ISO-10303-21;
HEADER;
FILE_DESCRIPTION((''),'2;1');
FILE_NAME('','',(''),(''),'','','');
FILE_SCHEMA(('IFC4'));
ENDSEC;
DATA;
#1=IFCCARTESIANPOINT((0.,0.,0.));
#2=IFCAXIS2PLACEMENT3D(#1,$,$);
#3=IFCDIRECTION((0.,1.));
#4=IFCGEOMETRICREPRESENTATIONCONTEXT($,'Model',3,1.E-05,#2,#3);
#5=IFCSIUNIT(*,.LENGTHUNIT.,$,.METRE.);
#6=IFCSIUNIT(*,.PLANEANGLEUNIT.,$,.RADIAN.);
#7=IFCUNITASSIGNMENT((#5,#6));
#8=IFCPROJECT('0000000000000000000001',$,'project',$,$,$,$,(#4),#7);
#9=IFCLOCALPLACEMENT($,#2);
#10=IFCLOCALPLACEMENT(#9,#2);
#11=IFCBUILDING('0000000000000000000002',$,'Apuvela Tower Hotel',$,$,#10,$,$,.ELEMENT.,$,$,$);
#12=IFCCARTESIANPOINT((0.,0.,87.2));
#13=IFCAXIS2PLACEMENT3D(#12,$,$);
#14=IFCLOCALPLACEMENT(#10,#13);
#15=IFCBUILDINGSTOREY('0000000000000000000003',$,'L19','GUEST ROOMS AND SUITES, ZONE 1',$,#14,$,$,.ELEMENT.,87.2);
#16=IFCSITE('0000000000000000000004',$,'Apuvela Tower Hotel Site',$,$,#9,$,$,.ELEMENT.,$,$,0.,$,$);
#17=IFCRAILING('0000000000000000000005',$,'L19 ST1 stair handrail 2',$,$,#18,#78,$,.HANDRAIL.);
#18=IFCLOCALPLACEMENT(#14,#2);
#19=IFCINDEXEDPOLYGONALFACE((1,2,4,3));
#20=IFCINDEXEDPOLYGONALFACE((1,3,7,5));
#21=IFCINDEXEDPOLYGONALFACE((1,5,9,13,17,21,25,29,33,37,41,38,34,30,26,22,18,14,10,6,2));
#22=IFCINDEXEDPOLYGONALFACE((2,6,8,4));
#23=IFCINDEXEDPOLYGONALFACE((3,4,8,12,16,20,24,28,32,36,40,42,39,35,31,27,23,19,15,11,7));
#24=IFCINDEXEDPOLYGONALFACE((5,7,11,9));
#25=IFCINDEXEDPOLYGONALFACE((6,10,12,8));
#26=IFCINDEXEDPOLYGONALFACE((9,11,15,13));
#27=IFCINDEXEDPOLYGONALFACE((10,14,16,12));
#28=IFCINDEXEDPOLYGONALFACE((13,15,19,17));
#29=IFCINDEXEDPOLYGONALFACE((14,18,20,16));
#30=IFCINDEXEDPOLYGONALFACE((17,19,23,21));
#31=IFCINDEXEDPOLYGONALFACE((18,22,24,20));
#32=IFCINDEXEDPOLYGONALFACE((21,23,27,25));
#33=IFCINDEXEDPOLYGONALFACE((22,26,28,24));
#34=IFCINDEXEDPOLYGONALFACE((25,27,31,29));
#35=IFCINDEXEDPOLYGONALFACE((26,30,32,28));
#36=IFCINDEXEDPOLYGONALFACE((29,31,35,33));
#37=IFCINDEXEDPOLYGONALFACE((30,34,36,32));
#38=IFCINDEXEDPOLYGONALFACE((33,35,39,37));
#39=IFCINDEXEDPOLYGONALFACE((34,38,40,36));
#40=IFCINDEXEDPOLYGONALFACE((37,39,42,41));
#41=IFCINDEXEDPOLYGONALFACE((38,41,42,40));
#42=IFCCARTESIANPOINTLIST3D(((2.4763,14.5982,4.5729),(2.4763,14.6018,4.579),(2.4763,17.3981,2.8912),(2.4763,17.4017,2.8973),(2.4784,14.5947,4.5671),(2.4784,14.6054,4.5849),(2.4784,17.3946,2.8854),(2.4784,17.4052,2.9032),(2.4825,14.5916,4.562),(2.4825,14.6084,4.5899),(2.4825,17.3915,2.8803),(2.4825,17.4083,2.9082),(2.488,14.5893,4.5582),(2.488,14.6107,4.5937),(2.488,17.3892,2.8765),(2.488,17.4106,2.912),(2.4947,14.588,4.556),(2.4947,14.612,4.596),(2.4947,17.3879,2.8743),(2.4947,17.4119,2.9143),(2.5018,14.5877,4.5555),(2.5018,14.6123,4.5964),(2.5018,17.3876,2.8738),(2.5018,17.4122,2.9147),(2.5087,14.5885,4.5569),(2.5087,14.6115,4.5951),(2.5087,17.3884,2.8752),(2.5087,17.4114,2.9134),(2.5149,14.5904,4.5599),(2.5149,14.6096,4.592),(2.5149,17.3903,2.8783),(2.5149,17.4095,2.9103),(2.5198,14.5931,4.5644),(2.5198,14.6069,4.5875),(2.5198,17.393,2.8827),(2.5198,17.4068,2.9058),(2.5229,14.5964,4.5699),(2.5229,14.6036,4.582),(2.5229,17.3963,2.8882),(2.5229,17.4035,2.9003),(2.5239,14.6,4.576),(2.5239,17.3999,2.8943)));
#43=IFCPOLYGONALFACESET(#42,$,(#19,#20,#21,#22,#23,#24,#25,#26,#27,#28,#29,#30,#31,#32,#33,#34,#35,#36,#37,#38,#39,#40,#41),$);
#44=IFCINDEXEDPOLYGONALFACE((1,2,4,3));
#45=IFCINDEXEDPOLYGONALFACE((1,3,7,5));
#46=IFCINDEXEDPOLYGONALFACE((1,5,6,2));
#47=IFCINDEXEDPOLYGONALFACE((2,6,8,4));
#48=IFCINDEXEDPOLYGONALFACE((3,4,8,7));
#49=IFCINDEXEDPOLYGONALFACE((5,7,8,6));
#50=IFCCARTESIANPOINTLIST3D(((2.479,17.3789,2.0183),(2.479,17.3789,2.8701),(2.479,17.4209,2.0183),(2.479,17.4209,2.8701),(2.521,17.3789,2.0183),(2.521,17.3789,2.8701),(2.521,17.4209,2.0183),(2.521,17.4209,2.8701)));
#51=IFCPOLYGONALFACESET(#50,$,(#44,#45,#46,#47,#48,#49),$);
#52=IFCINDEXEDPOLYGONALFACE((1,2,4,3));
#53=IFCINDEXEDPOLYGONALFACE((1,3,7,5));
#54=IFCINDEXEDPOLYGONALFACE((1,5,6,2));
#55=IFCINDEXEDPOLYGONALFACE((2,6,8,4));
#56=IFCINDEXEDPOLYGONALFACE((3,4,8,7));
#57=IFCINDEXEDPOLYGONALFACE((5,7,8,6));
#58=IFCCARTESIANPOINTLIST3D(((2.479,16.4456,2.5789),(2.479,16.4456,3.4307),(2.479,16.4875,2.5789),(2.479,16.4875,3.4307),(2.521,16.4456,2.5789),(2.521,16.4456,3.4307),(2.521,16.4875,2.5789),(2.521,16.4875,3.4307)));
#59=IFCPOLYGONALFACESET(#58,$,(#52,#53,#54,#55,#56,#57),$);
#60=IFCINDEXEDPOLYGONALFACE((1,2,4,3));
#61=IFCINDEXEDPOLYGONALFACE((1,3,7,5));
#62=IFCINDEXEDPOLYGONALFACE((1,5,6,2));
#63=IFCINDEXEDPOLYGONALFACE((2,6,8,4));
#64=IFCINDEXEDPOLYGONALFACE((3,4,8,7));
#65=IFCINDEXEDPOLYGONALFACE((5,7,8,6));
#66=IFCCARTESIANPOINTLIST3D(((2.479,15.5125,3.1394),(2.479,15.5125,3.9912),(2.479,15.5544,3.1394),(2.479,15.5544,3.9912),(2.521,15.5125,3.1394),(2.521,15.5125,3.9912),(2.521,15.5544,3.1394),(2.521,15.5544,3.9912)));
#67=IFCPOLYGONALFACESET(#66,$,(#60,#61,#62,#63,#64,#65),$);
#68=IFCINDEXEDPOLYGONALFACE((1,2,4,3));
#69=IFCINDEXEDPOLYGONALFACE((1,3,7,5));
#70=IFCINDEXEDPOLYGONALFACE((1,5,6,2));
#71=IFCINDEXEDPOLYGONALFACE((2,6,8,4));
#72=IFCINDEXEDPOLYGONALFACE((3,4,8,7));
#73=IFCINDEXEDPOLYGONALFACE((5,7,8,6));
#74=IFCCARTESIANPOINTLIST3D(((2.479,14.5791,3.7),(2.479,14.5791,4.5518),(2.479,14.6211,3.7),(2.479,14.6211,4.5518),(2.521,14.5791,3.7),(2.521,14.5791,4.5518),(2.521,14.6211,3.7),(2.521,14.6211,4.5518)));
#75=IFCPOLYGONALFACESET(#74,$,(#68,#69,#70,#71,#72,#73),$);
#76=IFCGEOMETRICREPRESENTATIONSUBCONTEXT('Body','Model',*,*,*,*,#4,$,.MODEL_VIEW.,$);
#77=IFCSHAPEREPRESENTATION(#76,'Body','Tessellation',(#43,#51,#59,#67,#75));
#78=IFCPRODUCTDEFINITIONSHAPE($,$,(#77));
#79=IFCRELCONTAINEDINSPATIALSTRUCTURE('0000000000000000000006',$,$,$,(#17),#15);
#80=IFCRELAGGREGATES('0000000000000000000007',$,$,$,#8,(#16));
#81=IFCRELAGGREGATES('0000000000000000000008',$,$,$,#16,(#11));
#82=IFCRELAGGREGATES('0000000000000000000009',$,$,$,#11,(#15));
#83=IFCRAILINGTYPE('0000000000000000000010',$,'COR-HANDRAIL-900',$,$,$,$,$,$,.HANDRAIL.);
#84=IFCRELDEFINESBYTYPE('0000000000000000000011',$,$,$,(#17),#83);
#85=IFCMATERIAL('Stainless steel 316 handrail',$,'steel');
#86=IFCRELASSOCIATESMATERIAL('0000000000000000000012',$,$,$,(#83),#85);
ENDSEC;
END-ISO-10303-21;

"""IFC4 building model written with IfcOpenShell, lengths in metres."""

from ifc_helpers import new_model, si_unit, direction, frame, origin, origin_2d, place, context, subcontext, project, spatial, rectangle, circle, extrude, material, type_object, element, save


model = new_model("IFC4")

# Units and contexts
model_context = context("Model", 3, precision=1e-05, world=origin(), true_north=direction((0.0, 1.0)))
body_context = subcontext(model_context, "Body", "Model", "MODEL_VIEW")
ifc_project = project(units=[si_unit("LENGTHUNIT", "METRE"), si_unit("PLANEANGLEUNIT", "RADIAN")], contexts=[model_context])

# Site, building, storey
site_placement = place(None, origin())
site = spatial("IfcSite", under=ifc_project, at=site_placement, Name="Apuvela Tower Hotel Site", CompositionType="ELEMENT", RefElevation=0.0)
building_placement = place(site_placement, origin())
building = spatial("IfcBuilding", under=site, at=building_placement, Name="Apuvela Tower Hotel", CompositionType="ELEMENT")
storey_placement = place(building_placement, frame((0.0, 0.0, 87.2)))
storey = spatial("IfcBuildingStorey", under=building, at=storey_placement, Name="L19", Description="GUEST ROOMS AND SUITES, ZONE 1", CompositionType="ELEMENT", Elevation=87.2)

# Railing
ifc_material_1 = material(Name="Stainless steel 316 handrail", Category="steel")
railing_type_1 = type_object("IfcRailingType", Name="COR-HANDRAIL-900", PredefinedType="HANDRAIL", material=ifc_material_1)
railing_1_placement = place(storey_placement, frame((2.5, 17.3999, 2.0183)))
element("IfcRailing", 1, at=railing_1_placement, inside=storey, type_object=railing_type_1, Name="L19 ST1 stair handrail 2", PredefinedType="HANDRAIL", context=body_context, shape_type="SweptSolid", body=[
    extrude(circle(Radius=0.0239, at=origin_2d()), frame((0.0, 0.0, 0.876), z_axis=(0.0, -0.857255, 0.514891), x_axis=(1.0, 0.0, 0.0)), (0.0, 0.0, 1.0), 3.2661),
    extrude(rectangle(XDim=0.042, YDim=0.042, at=origin_2d()), origin(), (0.0, 0.0, 1.0), 0.8518),
    extrude(rectangle(XDim=0.042, YDim=0.042, at=origin_2d()), frame((0.0, -0.9333, 0.5605)), (0.0, 0.0, 1.0), 0.8518),
    extrude(rectangle(XDim=0.042, YDim=0.042, at=origin_2d()), frame((0.0, -1.8665, 1.1211)), (0.0, 0.0, 1.0), 0.8518),
    extrude(rectangle(XDim=0.042, YDim=0.042, at=origin_2d()), frame((0.0, -2.7998, 1.6816)), (0.0, 0.0, 1.0), 0.8518),
])

save(model, "model.ifc")
